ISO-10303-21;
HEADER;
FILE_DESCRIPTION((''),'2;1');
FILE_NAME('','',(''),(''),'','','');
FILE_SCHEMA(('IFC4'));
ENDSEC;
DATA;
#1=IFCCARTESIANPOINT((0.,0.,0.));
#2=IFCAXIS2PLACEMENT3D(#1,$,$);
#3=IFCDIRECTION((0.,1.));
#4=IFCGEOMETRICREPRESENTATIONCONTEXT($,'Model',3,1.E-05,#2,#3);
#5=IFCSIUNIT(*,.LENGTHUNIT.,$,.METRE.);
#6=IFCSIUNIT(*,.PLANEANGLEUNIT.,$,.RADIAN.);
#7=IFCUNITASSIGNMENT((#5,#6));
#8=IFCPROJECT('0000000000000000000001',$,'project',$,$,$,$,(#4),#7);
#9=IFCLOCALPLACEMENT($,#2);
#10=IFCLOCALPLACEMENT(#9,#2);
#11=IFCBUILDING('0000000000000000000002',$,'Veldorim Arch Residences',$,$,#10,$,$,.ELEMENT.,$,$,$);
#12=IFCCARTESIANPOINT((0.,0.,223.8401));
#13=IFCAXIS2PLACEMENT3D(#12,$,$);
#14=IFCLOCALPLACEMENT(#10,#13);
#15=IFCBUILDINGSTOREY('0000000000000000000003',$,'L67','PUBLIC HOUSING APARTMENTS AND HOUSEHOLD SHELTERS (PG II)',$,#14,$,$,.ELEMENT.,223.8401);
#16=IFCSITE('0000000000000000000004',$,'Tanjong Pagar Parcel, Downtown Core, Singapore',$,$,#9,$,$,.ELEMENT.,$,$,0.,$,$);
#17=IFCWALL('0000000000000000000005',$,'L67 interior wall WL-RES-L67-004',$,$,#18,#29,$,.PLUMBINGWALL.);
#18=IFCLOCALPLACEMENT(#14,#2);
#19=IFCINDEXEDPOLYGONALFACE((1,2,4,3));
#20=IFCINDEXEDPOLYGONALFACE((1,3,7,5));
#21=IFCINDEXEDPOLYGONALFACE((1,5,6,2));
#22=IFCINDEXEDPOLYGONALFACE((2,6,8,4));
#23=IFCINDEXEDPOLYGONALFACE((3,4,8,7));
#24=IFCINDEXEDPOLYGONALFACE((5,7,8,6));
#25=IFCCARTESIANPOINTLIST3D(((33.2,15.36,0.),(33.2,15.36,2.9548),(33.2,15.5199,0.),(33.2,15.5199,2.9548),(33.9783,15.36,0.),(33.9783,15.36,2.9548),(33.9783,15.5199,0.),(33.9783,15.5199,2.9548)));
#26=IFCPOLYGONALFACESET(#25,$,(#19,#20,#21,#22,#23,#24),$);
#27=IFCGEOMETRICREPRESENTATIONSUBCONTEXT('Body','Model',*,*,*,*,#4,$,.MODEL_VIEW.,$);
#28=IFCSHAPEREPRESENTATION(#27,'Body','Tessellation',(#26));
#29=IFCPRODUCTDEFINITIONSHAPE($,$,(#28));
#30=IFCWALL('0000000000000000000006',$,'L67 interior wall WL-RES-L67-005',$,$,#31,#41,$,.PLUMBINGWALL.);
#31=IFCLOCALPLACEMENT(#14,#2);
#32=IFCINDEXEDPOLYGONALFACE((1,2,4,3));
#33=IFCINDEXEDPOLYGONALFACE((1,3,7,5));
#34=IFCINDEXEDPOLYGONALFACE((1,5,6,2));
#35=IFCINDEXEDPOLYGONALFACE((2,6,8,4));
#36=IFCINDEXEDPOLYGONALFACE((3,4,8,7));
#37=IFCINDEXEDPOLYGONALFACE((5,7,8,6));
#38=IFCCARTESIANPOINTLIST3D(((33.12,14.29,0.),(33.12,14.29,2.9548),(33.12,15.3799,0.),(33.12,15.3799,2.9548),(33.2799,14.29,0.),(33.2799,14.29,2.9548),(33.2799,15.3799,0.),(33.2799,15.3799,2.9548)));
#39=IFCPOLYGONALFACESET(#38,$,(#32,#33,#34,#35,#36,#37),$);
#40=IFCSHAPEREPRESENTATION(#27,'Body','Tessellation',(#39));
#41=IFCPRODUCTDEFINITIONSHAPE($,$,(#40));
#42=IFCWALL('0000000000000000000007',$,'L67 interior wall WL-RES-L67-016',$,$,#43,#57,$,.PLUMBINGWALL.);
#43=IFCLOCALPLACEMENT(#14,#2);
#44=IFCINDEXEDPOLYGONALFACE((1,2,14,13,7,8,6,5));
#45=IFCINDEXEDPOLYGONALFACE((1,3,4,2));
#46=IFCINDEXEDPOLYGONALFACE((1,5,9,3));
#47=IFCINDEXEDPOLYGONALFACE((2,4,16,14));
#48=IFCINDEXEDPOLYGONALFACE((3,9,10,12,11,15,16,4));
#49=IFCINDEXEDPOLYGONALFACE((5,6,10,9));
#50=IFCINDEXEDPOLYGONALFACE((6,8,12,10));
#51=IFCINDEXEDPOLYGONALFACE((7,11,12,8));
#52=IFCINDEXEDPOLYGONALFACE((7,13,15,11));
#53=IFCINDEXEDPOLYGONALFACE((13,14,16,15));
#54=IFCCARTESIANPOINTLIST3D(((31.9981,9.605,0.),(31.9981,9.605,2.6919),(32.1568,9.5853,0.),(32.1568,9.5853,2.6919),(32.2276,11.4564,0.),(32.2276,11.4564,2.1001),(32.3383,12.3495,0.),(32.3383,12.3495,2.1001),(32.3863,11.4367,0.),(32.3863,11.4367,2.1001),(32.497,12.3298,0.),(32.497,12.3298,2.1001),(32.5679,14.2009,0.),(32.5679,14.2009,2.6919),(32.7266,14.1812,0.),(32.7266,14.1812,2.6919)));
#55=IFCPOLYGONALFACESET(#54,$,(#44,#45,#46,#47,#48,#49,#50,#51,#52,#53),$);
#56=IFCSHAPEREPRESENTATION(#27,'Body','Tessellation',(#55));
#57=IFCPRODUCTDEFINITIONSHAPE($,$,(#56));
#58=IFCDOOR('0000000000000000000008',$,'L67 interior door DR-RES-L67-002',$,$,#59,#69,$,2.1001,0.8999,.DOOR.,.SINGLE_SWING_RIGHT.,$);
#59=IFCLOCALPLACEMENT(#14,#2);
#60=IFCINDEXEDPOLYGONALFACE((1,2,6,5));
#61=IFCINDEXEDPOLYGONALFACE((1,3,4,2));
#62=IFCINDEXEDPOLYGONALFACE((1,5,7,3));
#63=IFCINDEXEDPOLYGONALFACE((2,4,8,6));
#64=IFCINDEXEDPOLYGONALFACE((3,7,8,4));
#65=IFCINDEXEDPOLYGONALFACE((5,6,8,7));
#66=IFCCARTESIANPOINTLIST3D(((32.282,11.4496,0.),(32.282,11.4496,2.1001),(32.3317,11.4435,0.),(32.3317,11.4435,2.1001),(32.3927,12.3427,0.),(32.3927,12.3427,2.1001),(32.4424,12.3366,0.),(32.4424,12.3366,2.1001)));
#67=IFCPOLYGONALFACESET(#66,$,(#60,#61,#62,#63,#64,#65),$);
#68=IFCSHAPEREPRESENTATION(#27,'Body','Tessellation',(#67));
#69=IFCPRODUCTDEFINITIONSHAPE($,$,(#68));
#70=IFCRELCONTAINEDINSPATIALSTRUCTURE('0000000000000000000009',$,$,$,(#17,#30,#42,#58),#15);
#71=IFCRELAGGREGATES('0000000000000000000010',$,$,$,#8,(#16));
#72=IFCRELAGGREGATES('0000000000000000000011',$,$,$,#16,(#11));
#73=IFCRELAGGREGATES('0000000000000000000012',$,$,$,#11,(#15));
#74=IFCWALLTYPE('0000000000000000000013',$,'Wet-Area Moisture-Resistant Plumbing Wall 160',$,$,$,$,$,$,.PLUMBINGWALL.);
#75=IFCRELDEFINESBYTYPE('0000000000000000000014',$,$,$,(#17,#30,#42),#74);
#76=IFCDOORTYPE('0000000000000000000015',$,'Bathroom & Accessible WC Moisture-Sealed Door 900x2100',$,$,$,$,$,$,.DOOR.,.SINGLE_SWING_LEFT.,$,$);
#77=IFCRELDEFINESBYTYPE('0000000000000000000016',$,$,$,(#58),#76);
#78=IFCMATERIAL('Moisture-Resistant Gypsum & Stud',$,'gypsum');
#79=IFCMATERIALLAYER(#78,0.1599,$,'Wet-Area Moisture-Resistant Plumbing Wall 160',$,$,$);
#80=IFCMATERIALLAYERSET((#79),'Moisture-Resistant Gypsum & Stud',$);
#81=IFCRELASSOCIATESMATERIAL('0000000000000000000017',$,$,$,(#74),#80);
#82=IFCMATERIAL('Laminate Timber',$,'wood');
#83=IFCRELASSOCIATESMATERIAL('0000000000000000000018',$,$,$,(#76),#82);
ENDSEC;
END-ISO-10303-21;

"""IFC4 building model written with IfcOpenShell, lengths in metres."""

from ifc_helpers import new_model, si_unit, direction, frame, frame_2d, origin, place, context, subcontext, project, spatial, rectangle, extrude, material, layer, layer_set, type_object, element, fill, save


model = new_model("IFC4")

# Units and contexts
model_context = context("Model", 3, precision=1e-05, world=origin(), true_north=direction((0.0, 1.0)))
body_context = subcontext(model_context, "Body", "Model", "MODEL_VIEW")
ifc_project = project(units=[si_unit("LENGTHUNIT", "METRE"), si_unit("PLANEANGLEUNIT", "RADIAN")], contexts=[model_context])

# Site, building, storey
site_placement = place(None, origin())
site = spatial("IfcSite", under=ifc_project, at=site_placement, Name="Tanjong Pagar Parcel, Downtown Core, Singapore", CompositionType="ELEMENT", RefElevation=0.0)
building_placement = place(site_placement, origin())
building = spatial("IfcBuilding", under=site, at=building_placement, Name="Veldorim Arch Residences", CompositionType="ELEMENT")
storey_placement = place(building_placement, frame((0.0, 0.0, 223.8401)))
storey = spatial("IfcBuildingStorey", under=building, at=storey_placement, Name="L67", Description="PUBLIC HOUSING APARTMENTS AND HOUSEHOLD SHELTERS (PG II)", CompositionType="ELEMENT", Elevation=223.8401)

# Walls
ifc_material_1 = material(Name="Moisture-Resistant Gypsum & Stud", Category="gypsum")
ifc_layer_1 = layer(ifc_material_1, 0.1599, Name="Wet-Area Moisture-Resistant Plumbing Wall 160")
ifc_layer_set_1 = layer_set([ifc_layer_1], Name="Moisture-Resistant Gypsum & Stud")
wall_type_1 = type_object("IfcWallType", Name="Wet-Area Moisture-Resistant Plumbing Wall 160", PredefinedType="PLUMBINGWALL", material=ifc_layer_set_1)
wall_1_placement = place(storey_placement, frame((33.9783, 15.4399, 0.0), z_axis=(0.0, 0.0, 1.0), x_axis=(-1.0, 0.0, 0.0)))
element("IfcWall", 1, at=wall_1_placement, inside=storey, type_object=wall_type_1, Name="L67 interior wall WL-RES-L67-004", PredefinedType="PLUMBINGWALL", context=body_context, shape_type="SweptSolid", body=[
    extrude(rectangle(XDim=0.7783, YDim=0.1599, at=frame_2d((0.3892, 0.0))), origin(), (0.0, 0.0, 1.0), 2.9548),
])
wall_2_placement = place(storey_placement, frame((33.2, 15.3799, 0.0), z_axis=(0.0, 0.0, 1.0), x_axis=(0.0, -1.0, 0.0)))
element("IfcWall", 2, at=wall_2_placement, inside=storey, type_object=wall_type_1, Name="L67 interior wall WL-RES-L67-005", PredefinedType="PLUMBINGWALL", context=body_context, shape_type="SweptSolid", body=[
    extrude(rectangle(XDim=1.0898, YDim=0.1599, at=frame_2d((0.5449, 0.0))), origin(), (0.0, 0.0, 1.0), 2.9548),
])

# Wall, opening, door
wall_3_placement = place(storey_placement, frame((32.6472, 14.1909, 0.0), z_axis=(0.0, 0.0, 1.0), x_axis=(-0.123042, -0.992401, 0.0)))
wall_3 = element("IfcWall", 3, at=wall_3_placement, inside=storey, type_object=wall_type_1, Name="L67 interior wall WL-RES-L67-016", PredefinedType="PLUMBINGWALL", context=body_context, shape_type="SweptSolid", body=[
    extrude(rectangle(XDim=4.6311, YDim=0.1599, at=frame_2d((2.3154, 0.0))), origin(), (0.0, 0.0, 1.0), 2.6919),
])
opening_1_placement = place(wall_3_placement, frame((1.8655, 0.0, 0.0)))
opening_1 = element("IfcOpeningElement", 4, at=opening_1_placement, cuts=wall_3, PredefinedType="OPENING", context=body_context, shape_type="SweptSolid", body=[
    extrude(rectangle(XDim=0.8999, YDim=2.1001, at=frame_2d((0.45, 1.05))), frame((0.0, 0.0898, 0.0), z_axis=(0.0, -1.0, 0.0), x_axis=(1.0, 0.0, 0.0)), (0.0, 0.0, 1.0), 0.1799),
])
ifc_material_2 = material(Name="Laminate Timber", Category="wood")
door_type = type_object("IfcDoorType", Name="Bathroom & Accessible WC Moisture-Sealed Door 900x2100", OperationType="SINGLE_SWING_LEFT", PredefinedType="DOOR", material=ifc_material_2)
door_placement = place(opening_1_placement, origin())
door = element("IfcDoor", 5, at=door_placement, inside=storey, type_object=door_type, Name="L67 interior door DR-RES-L67-002", OperationType="SINGLE_SWING_RIGHT", OverallHeight=2.1001, OverallWidth=0.8999, PredefinedType="DOOR", context=body_context, shape_type="SweptSolid", body=[
    extrude(rectangle(XDim=0.8999, YDim=2.1001, at=frame_2d((0.45, 1.05))), frame((0.0, 0.0249, 0.0), z_axis=(0.0, -1.0, 0.0), x_axis=(1.0, 0.0, 0.0)), (0.0, 0.0, 1.0), 0.05),
])
fill(opening_1, door)

save(model, "model.ifc")
